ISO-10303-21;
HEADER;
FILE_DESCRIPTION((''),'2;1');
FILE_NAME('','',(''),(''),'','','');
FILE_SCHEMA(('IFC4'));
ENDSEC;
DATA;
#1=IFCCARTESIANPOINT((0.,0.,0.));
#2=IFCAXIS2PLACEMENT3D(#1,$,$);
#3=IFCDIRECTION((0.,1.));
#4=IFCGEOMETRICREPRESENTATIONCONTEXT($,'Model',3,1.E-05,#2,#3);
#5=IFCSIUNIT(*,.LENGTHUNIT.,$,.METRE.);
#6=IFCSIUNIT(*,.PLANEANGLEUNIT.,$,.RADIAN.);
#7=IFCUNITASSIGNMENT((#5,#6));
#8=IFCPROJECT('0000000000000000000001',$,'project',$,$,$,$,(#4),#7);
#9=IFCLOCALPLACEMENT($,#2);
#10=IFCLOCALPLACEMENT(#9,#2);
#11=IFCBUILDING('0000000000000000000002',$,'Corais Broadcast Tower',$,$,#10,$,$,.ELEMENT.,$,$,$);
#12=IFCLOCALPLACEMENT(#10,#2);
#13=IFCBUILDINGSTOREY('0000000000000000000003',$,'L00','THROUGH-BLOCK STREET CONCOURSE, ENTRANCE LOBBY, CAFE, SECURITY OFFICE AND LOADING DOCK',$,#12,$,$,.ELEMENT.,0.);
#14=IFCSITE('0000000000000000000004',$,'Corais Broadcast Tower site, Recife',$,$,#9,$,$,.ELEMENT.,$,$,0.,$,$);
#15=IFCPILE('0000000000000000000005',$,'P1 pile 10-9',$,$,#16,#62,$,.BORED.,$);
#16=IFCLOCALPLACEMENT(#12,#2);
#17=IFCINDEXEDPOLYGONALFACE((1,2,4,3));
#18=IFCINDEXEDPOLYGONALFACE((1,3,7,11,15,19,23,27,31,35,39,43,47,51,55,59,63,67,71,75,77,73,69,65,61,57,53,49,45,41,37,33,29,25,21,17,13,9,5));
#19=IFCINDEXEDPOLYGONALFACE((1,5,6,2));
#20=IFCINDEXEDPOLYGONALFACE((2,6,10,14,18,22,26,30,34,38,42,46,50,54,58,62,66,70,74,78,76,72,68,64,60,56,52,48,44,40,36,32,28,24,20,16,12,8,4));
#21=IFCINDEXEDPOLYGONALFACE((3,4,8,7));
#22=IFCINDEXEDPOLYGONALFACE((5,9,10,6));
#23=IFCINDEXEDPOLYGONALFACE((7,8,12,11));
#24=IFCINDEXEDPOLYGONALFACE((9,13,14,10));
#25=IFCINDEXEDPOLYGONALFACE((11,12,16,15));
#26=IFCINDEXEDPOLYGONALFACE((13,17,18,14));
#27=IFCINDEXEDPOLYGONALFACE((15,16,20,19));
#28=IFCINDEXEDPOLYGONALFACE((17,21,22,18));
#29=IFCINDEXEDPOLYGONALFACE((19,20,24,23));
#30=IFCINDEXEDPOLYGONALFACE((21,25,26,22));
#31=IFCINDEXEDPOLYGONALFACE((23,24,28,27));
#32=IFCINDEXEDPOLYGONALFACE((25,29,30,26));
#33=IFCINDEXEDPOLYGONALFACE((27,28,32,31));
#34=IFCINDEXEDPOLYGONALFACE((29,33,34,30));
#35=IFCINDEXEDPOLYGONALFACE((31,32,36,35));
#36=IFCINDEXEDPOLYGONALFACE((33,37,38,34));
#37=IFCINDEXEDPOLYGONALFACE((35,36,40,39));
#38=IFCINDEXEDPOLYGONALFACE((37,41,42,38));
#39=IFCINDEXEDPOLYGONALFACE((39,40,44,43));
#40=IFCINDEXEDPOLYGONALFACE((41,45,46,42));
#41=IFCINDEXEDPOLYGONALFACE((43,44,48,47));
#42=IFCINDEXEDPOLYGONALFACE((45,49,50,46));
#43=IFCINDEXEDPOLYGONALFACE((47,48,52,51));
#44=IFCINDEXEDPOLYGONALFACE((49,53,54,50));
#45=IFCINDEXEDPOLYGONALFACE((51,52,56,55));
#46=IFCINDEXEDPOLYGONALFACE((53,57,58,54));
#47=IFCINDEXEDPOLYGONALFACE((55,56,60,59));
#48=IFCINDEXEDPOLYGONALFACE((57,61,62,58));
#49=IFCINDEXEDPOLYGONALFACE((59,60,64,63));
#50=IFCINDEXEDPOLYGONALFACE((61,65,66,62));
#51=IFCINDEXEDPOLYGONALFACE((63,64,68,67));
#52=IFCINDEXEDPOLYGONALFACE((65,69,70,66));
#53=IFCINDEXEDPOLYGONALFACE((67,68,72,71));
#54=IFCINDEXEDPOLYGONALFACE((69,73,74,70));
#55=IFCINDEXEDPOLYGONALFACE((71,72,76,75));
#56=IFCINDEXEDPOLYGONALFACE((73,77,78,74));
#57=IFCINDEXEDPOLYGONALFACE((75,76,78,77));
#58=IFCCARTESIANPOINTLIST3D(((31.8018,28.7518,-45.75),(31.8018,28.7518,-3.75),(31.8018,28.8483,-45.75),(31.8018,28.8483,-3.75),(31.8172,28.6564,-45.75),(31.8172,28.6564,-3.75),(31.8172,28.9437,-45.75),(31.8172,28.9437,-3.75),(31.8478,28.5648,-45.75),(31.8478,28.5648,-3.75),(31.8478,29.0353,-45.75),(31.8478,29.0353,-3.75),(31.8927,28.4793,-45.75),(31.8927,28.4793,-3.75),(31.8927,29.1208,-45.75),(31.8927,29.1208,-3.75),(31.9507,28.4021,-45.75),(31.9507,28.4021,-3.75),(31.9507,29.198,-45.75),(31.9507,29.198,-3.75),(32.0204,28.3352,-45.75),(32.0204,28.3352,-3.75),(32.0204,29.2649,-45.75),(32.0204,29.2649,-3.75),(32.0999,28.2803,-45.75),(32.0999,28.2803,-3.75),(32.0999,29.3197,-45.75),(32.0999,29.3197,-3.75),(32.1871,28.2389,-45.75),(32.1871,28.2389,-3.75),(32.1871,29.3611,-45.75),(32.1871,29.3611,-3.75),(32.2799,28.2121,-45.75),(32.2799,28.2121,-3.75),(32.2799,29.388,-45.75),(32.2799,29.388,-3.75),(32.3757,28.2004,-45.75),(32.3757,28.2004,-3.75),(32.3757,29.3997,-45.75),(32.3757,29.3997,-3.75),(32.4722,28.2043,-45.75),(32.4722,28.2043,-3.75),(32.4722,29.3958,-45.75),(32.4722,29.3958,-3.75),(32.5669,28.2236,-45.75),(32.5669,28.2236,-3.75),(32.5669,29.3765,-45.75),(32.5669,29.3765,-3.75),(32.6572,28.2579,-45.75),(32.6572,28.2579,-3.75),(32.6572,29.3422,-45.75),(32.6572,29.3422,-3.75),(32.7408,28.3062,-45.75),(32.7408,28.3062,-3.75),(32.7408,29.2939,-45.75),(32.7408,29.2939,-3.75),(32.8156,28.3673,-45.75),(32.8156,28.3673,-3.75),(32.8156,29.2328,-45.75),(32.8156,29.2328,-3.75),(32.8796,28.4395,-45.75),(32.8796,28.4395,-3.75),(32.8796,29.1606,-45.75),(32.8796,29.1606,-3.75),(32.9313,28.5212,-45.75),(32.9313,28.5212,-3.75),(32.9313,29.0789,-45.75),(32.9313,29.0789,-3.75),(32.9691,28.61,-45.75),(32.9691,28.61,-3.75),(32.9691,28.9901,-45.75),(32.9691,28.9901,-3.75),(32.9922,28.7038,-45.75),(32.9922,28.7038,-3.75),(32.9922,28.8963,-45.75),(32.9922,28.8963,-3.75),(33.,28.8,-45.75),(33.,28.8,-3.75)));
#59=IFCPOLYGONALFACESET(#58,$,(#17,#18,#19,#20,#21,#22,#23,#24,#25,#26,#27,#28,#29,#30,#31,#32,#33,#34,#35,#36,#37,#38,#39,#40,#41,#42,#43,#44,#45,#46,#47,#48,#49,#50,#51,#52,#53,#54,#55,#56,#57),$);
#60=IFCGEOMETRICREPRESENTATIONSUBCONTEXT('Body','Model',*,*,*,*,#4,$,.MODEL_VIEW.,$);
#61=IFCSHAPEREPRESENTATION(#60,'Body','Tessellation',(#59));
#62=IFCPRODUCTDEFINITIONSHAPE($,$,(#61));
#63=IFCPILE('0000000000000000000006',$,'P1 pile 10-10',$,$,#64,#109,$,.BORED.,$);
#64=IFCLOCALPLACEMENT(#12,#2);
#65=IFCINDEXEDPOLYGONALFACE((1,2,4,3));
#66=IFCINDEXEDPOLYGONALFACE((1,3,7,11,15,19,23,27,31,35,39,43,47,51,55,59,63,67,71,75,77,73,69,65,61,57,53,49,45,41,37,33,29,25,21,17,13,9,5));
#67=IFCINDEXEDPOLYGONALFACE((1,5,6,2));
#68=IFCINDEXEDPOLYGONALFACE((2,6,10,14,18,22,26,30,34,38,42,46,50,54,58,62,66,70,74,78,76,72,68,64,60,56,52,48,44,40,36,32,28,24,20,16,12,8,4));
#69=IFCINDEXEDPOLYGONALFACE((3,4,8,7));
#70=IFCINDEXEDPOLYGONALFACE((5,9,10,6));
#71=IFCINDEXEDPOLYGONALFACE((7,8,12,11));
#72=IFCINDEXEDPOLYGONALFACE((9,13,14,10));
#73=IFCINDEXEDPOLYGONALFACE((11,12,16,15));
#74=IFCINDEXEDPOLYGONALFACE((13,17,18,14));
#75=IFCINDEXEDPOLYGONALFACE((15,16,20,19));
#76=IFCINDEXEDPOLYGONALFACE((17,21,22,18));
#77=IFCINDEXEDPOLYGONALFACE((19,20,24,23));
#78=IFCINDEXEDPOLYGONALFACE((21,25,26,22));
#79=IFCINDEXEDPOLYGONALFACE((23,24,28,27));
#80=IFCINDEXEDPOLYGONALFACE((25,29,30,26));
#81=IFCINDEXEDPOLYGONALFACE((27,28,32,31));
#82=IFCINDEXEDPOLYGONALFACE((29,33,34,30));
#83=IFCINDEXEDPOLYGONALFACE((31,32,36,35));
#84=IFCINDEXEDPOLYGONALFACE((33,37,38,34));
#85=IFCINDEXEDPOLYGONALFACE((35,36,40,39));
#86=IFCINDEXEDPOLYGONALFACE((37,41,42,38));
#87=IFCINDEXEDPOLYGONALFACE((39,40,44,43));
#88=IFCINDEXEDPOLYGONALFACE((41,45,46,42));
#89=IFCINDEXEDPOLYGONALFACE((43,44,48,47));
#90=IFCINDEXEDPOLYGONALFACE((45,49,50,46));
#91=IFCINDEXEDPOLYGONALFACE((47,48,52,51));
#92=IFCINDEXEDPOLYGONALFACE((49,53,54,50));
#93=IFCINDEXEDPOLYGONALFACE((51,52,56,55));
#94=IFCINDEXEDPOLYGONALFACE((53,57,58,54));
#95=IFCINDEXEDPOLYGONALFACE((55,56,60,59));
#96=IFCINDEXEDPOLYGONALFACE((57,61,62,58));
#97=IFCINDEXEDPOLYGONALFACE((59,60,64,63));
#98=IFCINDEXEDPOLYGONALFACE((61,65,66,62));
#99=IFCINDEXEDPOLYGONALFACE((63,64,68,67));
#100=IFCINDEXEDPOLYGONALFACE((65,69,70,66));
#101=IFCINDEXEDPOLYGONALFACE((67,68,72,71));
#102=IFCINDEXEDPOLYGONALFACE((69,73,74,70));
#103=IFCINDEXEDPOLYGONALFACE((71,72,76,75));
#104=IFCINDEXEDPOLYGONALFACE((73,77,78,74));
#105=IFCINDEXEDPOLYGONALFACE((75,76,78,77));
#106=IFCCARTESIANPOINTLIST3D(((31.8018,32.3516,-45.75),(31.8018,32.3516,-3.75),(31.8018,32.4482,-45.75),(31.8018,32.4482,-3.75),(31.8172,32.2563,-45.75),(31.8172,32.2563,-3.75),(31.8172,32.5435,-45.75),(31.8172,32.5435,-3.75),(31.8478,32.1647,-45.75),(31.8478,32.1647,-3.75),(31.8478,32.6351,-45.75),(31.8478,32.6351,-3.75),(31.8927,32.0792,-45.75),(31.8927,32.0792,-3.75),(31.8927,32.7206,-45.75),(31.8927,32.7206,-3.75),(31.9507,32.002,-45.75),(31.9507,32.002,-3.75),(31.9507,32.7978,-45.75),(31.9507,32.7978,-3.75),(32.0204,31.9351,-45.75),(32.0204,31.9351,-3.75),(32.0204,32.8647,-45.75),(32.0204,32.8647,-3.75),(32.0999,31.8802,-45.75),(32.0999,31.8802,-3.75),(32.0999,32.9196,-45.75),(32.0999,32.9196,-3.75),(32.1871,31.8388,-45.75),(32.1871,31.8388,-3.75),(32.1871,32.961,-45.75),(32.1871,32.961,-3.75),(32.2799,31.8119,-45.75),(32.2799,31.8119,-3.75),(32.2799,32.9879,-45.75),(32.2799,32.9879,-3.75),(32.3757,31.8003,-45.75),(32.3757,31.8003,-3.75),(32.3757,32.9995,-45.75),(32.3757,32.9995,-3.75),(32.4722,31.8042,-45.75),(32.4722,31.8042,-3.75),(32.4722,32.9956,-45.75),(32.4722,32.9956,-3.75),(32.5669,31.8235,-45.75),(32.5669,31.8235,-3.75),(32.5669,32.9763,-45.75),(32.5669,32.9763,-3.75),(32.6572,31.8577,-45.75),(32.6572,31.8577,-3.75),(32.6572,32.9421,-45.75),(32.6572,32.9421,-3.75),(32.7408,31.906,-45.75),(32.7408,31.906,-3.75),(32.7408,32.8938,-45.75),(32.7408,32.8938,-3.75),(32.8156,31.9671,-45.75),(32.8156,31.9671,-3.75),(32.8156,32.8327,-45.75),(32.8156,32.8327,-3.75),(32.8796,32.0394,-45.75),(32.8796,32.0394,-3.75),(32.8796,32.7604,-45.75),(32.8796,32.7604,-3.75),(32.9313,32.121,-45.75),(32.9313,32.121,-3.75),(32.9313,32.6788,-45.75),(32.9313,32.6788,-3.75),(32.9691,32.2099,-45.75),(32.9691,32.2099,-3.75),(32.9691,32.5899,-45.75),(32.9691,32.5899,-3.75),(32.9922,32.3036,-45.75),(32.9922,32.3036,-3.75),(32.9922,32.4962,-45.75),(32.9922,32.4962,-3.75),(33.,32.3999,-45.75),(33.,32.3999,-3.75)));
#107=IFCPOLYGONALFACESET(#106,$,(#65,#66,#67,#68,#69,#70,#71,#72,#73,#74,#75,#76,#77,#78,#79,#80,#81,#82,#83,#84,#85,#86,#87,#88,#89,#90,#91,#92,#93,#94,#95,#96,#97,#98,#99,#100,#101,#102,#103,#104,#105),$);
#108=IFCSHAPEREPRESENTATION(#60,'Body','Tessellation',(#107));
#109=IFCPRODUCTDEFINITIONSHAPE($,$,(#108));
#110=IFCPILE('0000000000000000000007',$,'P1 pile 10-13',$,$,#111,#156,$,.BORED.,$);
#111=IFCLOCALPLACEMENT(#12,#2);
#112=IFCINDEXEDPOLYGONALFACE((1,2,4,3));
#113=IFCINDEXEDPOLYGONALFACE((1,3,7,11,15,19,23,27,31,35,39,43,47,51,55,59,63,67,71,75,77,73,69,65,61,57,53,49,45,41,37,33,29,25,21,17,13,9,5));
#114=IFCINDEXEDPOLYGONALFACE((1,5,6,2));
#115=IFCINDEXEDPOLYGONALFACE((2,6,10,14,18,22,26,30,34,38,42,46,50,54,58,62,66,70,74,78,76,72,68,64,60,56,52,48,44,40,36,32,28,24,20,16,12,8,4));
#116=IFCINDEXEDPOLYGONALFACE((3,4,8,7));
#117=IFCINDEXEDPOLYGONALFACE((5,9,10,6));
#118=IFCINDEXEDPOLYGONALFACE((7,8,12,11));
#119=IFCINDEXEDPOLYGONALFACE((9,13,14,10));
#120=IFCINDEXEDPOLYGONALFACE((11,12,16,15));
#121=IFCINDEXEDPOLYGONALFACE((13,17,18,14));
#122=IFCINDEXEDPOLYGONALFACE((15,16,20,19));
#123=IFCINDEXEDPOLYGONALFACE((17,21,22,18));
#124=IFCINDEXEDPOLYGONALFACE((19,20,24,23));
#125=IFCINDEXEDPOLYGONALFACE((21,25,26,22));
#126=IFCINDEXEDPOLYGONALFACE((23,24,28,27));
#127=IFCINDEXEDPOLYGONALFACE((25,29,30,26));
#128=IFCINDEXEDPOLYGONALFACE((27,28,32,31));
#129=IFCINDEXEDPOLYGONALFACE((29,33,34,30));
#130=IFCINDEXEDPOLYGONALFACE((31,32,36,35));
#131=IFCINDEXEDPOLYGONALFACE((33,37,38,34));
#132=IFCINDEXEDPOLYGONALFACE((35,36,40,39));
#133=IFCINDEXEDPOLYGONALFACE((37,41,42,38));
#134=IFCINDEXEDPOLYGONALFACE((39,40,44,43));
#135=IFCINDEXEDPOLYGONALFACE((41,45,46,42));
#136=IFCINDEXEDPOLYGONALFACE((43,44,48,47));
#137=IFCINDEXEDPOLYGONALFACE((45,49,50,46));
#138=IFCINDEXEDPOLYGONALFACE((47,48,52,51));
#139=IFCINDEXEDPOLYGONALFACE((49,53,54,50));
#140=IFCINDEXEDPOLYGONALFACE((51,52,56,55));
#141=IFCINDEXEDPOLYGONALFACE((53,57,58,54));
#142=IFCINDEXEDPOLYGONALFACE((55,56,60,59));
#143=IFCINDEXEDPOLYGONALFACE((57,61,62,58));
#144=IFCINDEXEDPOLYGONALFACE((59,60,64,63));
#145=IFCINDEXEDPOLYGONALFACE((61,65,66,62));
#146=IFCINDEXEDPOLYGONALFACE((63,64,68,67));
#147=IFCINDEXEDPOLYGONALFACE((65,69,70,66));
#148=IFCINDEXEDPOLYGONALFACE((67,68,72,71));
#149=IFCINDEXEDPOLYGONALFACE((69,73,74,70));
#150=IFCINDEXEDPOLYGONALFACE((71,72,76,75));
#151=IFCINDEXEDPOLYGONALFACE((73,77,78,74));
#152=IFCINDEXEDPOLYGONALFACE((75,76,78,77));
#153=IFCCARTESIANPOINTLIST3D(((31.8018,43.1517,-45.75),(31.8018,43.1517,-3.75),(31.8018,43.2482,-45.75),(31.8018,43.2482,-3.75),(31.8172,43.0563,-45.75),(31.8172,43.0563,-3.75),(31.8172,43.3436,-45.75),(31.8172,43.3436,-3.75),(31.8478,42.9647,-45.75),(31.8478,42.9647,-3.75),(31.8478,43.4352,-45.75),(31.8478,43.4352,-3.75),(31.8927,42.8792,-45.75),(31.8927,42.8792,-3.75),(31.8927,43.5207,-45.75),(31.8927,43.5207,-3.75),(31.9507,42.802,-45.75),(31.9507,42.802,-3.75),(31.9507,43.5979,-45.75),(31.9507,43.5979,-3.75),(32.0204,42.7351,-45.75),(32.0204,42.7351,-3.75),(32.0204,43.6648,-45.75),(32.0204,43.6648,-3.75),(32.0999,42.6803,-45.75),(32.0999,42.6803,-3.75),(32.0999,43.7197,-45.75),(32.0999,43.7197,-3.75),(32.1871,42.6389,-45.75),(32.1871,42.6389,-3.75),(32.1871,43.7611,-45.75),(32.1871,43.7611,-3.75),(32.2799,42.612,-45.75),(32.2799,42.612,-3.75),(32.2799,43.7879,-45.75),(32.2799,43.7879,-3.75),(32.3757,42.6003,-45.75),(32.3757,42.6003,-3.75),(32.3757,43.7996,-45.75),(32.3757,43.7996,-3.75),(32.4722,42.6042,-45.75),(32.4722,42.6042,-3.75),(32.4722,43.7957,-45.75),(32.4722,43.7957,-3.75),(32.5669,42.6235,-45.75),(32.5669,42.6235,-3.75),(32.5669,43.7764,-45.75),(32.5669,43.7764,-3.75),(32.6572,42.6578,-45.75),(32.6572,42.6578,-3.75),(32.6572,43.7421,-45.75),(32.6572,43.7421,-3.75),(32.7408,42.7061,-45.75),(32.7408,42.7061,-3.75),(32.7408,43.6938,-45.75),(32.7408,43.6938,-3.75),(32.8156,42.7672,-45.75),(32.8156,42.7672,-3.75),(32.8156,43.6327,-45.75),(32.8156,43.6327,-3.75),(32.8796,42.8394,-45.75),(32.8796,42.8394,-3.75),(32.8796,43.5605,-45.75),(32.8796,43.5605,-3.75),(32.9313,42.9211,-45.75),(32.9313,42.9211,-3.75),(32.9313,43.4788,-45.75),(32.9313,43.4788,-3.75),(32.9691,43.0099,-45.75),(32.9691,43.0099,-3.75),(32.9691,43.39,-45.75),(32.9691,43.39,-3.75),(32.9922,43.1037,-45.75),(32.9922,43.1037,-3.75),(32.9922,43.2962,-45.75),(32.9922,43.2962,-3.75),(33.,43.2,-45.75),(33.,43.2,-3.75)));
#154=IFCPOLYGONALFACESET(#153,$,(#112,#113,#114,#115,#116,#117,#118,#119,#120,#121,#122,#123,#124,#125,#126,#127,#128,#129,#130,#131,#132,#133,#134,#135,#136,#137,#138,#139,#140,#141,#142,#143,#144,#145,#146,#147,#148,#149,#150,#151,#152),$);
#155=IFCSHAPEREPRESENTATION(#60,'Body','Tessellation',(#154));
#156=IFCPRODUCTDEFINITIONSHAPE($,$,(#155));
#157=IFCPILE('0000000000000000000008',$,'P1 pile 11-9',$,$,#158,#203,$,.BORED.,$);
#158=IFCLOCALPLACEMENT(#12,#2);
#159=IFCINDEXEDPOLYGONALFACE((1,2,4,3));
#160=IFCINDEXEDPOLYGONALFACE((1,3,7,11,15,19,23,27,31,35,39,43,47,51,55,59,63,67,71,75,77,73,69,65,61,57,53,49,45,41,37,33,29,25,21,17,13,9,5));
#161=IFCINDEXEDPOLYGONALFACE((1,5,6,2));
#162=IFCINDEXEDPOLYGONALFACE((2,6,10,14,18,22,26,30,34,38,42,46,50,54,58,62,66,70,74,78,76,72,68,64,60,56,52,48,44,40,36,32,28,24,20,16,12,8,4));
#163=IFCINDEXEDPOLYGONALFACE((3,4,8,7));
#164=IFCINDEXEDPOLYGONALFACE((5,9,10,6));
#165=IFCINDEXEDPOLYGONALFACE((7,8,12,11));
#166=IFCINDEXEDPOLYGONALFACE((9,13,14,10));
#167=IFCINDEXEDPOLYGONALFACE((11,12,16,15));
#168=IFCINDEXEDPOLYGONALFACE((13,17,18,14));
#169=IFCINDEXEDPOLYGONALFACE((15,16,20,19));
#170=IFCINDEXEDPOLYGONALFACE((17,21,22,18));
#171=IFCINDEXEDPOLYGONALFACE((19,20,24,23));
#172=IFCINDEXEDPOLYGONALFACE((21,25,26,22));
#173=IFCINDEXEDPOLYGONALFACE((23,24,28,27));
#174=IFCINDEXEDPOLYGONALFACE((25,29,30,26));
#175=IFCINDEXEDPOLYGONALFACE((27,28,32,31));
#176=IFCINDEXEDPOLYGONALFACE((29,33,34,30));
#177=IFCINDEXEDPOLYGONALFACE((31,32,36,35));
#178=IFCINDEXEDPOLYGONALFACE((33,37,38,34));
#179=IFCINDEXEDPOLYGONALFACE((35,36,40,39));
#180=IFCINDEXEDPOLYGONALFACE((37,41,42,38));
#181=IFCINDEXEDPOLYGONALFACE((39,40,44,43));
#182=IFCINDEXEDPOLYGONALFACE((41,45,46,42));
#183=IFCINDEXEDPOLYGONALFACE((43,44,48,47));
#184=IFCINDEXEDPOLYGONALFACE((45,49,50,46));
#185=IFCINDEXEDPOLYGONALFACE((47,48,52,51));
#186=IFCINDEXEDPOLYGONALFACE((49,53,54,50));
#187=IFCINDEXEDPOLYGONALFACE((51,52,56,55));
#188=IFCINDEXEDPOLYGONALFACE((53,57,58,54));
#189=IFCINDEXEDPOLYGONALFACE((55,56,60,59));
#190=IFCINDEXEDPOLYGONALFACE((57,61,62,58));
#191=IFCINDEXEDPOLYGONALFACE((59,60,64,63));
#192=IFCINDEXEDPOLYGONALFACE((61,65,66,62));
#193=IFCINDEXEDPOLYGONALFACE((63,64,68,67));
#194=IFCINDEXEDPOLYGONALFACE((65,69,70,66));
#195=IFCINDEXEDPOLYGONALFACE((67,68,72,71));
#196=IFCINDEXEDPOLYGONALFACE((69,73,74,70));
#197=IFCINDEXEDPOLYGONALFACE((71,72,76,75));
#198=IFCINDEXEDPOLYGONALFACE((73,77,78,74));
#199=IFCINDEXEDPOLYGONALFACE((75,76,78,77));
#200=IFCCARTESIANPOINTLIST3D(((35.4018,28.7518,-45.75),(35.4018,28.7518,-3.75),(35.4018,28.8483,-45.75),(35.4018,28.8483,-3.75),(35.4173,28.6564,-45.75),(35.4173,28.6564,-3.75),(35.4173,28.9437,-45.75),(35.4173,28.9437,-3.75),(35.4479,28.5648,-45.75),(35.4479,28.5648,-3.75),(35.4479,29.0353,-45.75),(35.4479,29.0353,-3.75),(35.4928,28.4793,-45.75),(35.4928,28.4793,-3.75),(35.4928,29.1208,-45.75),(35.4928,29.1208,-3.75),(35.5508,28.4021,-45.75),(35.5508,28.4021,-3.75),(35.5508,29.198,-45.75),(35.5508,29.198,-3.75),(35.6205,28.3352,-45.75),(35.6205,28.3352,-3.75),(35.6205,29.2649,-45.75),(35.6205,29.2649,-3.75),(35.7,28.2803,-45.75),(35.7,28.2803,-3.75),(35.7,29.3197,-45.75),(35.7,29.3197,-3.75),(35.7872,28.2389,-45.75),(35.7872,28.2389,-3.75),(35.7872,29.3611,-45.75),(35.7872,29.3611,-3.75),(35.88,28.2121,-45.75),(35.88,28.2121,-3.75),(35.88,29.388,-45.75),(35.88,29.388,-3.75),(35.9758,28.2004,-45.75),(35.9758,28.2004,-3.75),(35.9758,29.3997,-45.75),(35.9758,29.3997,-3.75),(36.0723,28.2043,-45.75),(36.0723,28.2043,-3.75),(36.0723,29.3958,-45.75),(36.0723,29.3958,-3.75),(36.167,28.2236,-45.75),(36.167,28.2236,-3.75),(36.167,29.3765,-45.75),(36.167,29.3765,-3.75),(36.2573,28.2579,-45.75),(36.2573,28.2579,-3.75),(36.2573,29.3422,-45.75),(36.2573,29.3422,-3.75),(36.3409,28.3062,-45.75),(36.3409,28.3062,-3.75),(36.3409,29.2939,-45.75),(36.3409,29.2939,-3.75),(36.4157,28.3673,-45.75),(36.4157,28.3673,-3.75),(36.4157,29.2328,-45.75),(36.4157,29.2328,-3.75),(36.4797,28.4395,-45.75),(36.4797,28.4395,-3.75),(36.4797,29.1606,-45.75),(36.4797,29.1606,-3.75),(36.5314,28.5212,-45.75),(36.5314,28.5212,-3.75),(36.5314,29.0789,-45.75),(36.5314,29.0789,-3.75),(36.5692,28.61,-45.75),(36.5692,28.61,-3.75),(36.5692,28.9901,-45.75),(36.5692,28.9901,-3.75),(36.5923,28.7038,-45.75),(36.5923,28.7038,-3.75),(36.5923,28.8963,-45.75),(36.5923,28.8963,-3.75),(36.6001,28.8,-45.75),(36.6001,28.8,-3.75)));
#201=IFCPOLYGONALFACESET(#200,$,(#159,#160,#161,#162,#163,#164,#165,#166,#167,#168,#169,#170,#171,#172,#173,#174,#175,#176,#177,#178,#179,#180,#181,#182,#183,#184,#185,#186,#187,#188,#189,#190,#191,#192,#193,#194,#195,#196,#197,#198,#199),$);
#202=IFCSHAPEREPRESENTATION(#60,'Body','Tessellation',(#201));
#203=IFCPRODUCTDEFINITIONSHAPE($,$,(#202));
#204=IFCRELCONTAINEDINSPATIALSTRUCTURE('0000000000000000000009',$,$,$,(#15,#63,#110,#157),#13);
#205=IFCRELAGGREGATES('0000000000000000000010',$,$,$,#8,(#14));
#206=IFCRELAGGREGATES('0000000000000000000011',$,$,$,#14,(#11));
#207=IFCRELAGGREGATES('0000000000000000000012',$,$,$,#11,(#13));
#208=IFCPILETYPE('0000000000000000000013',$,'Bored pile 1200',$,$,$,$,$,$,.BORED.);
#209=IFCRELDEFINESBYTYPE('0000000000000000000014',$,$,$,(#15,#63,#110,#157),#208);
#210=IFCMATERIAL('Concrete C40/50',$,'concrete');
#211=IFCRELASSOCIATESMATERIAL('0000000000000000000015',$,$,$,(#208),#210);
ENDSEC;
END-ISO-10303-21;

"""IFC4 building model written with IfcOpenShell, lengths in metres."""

from ifc_helpers import new_model, si_unit, direction, frame, origin, origin_2d, place, context, subcontext, project, spatial, circle, extrude, material, type_object, element, save


model = new_model("IFC4")

# Units and contexts
model_context = context("Model", 3, precision=1e-05, world=origin(), true_north=direction((0.0, 1.0)))
body_context = subcontext(model_context, "Body", "Model", "MODEL_VIEW")
ifc_project = project(units=[si_unit("LENGTHUNIT", "METRE"), si_unit("PLANEANGLEUNIT", "RADIAN")], contexts=[model_context])

# Site, building, storey
site_placement = place(None, origin())
site = spatial("IfcSite", under=ifc_project, at=site_placement, Name="Corais Broadcast Tower site, Recife", CompositionType="ELEMENT", RefElevation=0.0)
building_placement = place(site_placement, origin())
building = spatial("IfcBuilding", under=site, at=building_placement, Name="Corais Broadcast Tower", CompositionType="ELEMENT")
storey_placement = place(building_placement, origin())
storey = spatial("IfcBuildingStorey", under=building, at=storey_placement, Name="L00", Description="THROUGH-BLOCK STREET CONCOURSE, ENTRANCE LOBBY, CAFE, SECURITY OFFICE AND LOADING DOCK", CompositionType="ELEMENT", Elevation=0.0)

# Piles
ifc_material_1 = material(Name="Concrete C40/50", Category="concrete")
pile_type = type_object("IfcPileType", Name="Bored pile 1200", PredefinedType="BORED", material=ifc_material_1)
for number, where, z_axis, x_axis, name in (
    (1, (32.3999, 28.8, -3.75), (0.0, 0.0, -1.0), (1.0, 0.0, 0.0), "P1 pile 10-9"),
    (2, (32.3999, 32.3999, -3.75), (0.0, 0.0, -1.0), (1.0, 0.0, 0.0), "P1 pile 10-10"),
    (3, (32.3999, 43.2, -3.75), (0.0, 0.0, -1.0), (1.0, 0.0, 0.0), "P1 pile 10-13"),
    (4, (36.0, 28.8, -3.75), (0.0, 0.0, -1.0), (1.0, 0.0, 0.0), "P1 pile 11-9"),
):
    element("IfcPile", number, at=place(storey_placement, frame(where, z_axis=z_axis, x_axis=x_axis)), inside=storey, type_object=pile_type, Name=name, PredefinedType="BORED", context=body_context, shape_type="SweptSolid", body=[
        extrude(circle(Radius=0.6001, at=origin_2d()), origin(), (0.0, 0.0, 1.0), 42.0),
    ])

save(model, "model.ifc")
